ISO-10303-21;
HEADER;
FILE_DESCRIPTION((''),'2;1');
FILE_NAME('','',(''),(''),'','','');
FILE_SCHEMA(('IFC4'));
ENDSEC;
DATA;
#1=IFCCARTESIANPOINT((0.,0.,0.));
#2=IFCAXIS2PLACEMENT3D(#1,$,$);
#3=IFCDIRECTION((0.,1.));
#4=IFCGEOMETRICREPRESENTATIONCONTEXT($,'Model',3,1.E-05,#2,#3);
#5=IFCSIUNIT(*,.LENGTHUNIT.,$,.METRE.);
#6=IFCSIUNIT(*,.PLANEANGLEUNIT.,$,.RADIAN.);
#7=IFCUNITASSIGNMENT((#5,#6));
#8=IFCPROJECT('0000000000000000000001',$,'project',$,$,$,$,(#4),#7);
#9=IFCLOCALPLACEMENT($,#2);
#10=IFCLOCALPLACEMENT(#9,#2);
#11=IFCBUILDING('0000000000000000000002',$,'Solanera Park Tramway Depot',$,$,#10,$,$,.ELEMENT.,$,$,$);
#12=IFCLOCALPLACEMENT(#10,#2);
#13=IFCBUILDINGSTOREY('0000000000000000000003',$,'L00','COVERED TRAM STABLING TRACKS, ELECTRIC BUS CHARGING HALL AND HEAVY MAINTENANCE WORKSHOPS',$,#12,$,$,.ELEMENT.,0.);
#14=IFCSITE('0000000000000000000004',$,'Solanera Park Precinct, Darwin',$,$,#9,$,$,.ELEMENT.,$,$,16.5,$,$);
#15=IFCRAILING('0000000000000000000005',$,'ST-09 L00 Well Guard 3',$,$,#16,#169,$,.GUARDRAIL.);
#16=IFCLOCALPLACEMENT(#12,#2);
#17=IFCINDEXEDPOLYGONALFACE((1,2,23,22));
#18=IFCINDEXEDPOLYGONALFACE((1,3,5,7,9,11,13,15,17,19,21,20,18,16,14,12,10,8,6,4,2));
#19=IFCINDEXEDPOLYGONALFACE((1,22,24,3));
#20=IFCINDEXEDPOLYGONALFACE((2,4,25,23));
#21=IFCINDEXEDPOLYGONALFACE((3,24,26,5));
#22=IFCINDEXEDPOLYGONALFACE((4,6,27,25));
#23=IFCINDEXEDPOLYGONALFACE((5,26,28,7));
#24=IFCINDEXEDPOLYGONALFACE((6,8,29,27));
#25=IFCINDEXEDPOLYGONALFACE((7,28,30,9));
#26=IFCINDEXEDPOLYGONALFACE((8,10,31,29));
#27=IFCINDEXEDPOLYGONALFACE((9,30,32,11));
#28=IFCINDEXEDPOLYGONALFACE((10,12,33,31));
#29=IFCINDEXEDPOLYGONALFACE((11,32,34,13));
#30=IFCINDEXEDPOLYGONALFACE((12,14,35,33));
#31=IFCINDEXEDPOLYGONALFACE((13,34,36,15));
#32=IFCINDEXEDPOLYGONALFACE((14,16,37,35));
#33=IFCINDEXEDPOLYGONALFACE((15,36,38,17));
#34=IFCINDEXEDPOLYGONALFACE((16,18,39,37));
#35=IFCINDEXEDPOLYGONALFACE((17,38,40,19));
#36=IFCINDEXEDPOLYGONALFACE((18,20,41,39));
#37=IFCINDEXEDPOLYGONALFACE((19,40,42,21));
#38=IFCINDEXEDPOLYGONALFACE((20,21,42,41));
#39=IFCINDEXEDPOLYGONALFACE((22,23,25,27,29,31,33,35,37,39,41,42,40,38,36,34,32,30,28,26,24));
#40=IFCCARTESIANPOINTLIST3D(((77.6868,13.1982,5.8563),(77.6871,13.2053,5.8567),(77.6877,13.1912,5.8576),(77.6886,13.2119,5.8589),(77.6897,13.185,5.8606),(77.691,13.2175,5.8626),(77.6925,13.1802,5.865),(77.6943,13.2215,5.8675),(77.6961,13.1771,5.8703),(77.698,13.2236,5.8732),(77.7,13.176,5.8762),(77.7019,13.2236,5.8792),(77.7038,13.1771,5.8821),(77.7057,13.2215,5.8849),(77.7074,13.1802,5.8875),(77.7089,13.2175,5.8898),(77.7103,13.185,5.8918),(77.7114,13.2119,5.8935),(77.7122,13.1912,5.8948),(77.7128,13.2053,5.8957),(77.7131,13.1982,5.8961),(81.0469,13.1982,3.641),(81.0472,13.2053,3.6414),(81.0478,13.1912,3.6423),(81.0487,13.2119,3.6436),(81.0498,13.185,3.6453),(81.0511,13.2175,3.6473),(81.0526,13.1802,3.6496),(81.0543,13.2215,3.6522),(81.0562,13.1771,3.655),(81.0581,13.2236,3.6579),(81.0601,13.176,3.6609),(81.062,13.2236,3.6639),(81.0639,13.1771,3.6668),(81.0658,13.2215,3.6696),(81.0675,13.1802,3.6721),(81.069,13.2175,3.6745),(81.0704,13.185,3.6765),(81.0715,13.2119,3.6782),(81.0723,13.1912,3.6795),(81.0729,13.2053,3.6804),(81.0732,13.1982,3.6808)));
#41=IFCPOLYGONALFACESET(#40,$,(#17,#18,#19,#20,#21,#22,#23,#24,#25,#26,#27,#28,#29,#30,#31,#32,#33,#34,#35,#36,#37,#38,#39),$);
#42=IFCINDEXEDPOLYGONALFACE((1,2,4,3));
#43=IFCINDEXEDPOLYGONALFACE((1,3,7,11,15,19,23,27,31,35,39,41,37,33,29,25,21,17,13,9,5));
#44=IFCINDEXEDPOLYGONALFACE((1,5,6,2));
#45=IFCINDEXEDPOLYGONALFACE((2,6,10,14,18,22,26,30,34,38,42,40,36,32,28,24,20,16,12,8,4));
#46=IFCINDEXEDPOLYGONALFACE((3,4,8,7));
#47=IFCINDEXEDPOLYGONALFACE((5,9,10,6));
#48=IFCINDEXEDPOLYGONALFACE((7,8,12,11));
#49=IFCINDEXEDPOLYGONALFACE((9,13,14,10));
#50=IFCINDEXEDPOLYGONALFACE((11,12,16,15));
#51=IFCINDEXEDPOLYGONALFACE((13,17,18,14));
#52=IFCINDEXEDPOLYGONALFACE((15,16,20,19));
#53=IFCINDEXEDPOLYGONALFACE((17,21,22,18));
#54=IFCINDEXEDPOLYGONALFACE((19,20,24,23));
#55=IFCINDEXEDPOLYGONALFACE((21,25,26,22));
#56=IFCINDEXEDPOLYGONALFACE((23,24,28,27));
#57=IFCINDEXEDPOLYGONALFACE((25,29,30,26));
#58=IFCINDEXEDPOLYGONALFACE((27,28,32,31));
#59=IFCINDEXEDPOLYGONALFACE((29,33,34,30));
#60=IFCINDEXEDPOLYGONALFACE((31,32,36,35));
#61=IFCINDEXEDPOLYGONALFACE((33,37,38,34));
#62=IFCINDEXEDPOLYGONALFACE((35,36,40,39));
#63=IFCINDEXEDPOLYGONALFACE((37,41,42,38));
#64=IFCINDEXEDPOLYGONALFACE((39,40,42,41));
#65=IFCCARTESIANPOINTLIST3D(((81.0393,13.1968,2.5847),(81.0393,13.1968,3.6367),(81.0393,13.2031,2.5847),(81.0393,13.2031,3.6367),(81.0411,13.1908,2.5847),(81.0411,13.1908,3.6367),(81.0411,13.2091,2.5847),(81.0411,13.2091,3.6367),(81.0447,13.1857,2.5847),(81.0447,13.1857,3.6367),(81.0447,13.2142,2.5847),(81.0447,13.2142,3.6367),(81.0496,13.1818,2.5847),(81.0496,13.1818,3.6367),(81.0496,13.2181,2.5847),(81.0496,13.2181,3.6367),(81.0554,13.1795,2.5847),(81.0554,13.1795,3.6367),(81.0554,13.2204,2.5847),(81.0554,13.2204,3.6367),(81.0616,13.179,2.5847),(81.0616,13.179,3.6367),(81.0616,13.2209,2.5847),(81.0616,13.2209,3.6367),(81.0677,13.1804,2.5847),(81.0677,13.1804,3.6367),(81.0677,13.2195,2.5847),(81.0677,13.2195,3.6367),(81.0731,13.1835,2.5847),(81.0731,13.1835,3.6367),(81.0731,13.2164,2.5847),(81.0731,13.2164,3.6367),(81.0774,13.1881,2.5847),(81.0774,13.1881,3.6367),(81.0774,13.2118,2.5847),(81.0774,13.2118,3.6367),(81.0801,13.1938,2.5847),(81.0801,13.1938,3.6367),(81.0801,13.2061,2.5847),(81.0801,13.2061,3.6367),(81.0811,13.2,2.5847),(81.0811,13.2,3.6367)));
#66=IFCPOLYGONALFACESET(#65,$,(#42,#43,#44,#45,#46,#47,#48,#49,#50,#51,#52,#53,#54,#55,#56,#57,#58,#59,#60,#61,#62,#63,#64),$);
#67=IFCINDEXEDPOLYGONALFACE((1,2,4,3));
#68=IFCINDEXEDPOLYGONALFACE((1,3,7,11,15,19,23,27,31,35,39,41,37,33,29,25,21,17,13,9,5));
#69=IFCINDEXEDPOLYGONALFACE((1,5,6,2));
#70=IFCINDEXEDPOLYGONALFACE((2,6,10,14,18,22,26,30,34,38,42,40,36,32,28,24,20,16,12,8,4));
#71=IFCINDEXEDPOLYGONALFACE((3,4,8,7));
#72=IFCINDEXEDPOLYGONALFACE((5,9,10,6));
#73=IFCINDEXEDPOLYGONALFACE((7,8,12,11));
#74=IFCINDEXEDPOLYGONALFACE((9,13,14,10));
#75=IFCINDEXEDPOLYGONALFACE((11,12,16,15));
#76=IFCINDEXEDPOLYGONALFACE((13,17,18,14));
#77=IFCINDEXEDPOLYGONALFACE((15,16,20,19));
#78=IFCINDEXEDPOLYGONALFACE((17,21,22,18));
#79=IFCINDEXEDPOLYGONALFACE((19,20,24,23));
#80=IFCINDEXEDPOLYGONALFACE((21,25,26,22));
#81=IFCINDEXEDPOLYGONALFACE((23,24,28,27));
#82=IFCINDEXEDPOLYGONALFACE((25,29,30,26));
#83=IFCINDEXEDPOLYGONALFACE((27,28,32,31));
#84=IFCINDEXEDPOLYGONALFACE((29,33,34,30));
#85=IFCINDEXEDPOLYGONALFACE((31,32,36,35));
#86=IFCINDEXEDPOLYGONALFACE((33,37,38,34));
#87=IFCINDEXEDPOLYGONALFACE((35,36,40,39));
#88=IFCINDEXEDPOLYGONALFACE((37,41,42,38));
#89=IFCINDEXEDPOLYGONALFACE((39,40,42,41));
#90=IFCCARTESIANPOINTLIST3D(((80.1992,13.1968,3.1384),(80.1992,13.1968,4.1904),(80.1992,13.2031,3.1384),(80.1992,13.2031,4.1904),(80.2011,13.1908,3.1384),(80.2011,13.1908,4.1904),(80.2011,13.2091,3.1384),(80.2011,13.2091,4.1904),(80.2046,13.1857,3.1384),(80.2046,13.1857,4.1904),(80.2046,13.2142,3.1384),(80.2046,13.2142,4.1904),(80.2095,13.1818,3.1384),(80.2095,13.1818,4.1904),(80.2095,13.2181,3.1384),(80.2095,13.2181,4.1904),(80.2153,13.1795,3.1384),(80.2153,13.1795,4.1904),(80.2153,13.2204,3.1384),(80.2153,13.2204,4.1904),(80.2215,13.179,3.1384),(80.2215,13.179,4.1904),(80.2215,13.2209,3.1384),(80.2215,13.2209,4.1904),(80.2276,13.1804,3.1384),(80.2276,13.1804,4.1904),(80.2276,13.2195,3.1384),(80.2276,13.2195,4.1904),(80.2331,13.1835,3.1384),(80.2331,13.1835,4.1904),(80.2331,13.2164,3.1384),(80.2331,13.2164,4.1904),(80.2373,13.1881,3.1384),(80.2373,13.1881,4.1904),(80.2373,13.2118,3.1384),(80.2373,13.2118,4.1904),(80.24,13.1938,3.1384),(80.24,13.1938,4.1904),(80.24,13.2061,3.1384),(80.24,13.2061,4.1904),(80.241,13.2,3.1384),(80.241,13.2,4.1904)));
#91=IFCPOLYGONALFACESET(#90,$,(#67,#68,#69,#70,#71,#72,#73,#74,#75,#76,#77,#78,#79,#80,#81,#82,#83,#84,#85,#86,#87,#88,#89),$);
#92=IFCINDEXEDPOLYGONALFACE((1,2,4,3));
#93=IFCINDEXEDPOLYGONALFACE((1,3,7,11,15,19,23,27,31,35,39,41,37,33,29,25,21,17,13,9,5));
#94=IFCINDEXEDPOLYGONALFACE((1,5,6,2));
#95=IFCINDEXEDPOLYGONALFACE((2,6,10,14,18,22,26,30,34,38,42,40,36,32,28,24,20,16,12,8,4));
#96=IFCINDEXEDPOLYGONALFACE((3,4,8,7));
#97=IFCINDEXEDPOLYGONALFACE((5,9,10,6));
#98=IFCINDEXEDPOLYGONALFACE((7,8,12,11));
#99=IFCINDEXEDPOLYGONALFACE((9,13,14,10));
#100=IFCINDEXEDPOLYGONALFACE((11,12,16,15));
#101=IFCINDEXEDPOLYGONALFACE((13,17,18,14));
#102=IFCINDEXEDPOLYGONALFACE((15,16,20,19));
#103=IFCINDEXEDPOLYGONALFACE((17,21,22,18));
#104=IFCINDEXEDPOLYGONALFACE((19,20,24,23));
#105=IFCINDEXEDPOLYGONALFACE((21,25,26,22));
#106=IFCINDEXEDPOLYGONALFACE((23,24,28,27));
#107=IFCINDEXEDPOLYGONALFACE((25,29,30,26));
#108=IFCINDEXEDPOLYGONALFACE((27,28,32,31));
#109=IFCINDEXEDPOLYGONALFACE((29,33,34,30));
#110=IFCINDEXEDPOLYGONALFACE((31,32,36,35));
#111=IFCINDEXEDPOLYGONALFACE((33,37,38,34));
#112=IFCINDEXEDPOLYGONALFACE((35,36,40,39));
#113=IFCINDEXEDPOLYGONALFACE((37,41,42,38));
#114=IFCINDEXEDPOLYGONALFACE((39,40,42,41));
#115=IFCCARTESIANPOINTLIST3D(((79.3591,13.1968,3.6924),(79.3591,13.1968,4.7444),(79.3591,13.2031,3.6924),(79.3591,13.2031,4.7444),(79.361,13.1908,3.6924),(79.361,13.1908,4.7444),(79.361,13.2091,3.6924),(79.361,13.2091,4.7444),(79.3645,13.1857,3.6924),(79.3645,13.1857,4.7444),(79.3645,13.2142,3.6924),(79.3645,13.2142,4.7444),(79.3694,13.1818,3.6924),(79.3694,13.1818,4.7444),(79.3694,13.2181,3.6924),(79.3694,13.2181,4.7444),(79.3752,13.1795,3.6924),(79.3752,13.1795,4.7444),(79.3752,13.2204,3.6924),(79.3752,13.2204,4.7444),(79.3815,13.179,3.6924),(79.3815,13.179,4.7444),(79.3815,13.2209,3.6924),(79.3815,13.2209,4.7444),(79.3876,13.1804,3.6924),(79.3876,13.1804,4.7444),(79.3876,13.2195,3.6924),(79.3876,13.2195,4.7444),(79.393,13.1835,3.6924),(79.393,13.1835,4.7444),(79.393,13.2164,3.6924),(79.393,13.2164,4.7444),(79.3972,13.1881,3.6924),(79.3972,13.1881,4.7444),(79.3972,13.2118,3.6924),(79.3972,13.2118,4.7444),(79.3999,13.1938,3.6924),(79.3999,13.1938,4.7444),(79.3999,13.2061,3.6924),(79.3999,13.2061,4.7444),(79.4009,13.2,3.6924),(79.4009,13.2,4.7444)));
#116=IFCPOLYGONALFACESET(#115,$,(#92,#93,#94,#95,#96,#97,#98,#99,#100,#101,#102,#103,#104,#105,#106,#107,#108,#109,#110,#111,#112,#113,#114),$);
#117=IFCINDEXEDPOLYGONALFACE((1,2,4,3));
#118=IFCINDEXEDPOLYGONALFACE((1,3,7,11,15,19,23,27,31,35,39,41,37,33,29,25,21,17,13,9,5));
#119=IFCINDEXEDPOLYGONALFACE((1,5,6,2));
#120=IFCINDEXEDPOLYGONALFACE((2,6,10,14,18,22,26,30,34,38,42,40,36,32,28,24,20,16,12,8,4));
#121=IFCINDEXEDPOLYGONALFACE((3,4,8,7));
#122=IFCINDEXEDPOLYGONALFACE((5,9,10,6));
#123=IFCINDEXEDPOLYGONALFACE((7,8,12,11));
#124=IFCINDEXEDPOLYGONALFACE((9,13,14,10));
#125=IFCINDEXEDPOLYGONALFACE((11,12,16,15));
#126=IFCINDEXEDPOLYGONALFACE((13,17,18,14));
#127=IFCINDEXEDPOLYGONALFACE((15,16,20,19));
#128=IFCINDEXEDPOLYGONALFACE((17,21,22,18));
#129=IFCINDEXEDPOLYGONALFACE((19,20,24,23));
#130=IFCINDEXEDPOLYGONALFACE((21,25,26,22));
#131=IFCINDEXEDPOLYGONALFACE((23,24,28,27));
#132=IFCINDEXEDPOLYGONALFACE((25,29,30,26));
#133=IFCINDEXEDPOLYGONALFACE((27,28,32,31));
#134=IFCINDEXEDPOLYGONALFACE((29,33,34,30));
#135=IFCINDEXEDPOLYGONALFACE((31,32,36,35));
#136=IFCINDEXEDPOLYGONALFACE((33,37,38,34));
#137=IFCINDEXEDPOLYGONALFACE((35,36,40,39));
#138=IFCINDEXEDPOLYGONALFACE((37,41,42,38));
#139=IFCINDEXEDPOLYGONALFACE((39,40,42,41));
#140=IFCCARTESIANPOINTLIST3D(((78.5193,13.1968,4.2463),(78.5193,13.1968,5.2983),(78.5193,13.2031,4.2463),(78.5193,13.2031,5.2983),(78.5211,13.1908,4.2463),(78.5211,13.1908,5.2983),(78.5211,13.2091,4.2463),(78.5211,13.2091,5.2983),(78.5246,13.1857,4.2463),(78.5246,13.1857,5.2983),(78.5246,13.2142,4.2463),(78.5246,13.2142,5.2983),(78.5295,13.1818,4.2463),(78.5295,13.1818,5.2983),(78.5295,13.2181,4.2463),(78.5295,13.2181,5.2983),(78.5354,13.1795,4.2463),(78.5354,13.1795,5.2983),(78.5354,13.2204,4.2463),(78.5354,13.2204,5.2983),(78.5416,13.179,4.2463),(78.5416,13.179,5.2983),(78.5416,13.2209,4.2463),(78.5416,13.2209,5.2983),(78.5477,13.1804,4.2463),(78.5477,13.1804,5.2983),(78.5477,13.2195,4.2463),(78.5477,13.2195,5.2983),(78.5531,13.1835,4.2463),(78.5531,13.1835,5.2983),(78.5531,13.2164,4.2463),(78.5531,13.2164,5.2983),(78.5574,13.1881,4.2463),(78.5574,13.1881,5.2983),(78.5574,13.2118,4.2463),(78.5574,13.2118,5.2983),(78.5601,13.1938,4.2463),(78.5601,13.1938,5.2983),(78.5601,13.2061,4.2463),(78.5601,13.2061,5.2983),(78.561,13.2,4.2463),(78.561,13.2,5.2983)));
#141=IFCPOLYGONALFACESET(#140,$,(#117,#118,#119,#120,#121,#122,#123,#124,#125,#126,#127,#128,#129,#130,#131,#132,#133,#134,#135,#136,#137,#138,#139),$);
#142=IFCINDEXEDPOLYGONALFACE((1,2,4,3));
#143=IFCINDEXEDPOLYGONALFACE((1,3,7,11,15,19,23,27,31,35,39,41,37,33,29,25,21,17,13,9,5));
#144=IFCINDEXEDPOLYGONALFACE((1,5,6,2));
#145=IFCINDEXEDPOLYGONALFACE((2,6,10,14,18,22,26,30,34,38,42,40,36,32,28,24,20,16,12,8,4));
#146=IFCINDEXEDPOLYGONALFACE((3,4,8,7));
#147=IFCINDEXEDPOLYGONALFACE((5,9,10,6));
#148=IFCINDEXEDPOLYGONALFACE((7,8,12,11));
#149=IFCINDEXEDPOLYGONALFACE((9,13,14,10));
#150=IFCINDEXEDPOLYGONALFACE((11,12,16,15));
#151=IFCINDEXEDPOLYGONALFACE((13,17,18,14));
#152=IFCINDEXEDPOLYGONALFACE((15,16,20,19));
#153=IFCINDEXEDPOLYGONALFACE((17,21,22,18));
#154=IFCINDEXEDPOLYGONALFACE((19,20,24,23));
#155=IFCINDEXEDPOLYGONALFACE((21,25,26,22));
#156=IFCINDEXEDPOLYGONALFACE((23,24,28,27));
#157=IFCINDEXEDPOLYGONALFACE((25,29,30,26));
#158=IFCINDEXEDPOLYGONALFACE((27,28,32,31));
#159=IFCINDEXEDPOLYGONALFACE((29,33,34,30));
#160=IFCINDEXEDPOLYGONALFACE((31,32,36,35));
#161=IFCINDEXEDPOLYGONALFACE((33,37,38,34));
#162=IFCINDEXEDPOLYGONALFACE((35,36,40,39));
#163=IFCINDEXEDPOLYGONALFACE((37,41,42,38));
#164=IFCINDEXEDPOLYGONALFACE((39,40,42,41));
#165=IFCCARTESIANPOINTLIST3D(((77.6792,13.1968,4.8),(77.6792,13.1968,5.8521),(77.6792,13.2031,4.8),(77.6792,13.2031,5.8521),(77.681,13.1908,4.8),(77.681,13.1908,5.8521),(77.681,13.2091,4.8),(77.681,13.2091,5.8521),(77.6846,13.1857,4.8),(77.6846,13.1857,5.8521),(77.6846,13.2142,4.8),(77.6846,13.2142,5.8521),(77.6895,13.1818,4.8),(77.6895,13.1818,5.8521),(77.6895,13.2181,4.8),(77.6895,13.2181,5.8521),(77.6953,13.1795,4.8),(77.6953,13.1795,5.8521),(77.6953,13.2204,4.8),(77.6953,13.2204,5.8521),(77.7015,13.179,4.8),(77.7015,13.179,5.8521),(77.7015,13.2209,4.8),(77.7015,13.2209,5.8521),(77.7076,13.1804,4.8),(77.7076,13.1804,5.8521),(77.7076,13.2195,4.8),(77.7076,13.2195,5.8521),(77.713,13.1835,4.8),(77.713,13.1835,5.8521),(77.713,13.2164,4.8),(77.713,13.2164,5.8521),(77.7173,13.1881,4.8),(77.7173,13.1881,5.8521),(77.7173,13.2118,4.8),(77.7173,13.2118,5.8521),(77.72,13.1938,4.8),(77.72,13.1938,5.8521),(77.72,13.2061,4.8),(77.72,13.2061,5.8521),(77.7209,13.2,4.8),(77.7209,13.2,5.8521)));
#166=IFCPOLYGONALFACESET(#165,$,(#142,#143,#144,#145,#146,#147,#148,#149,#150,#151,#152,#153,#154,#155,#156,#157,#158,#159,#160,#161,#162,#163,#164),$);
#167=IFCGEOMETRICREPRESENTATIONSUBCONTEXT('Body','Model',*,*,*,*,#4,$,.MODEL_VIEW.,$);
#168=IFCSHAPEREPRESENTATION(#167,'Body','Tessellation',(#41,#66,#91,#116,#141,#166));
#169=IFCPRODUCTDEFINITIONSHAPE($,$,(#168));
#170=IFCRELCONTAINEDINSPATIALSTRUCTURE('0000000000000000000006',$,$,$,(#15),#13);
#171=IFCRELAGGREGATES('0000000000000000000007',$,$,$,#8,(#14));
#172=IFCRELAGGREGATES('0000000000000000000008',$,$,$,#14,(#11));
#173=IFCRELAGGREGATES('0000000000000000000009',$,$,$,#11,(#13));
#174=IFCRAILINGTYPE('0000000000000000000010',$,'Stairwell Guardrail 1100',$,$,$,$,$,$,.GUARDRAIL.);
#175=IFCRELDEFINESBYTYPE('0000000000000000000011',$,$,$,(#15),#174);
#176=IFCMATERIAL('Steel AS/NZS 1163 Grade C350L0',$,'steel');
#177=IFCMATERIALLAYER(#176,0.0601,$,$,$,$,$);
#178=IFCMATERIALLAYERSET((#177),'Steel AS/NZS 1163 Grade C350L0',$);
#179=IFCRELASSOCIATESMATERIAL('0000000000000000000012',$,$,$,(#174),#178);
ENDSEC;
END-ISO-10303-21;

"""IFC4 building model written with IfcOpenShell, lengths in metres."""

from ifc_helpers import new_model, si_unit, direction, frame, origin, origin_2d, place, context, subcontext, project, spatial, circle, extrude, material, layer, layer_set, type_object, element, save


model = new_model("IFC4")

# Units and contexts
model_context = context("Model", 3, precision=1e-05, world=origin(), true_north=direction((0.0, 1.0)))
body_context = subcontext(model_context, "Body", "Model", "MODEL_VIEW")
ifc_project = project(units=[si_unit("LENGTHUNIT", "METRE"), si_unit("PLANEANGLEUNIT", "RADIAN")], contexts=[model_context])

# Site, building, storey
site_placement = place(None, origin())
site = spatial("IfcSite", under=ifc_project, at=site_placement, Name="Solanera Park Precinct, Darwin", CompositionType="ELEMENT", RefElevation=16.5)
building_placement = place(site_placement, origin())
building = spatial("IfcBuilding", under=site, at=building_placement, Name="Solanera Park Tramway Depot", CompositionType="ELEMENT")
storey_placement = place(building_placement, origin())
storey = spatial("IfcBuildingStorey", under=building, at=storey_placement, Name="L00", Description="COVERED TRAM STABLING TRACKS, ELECTRIC BUS CHARGING HALL AND HEAVY MAINTENANCE WORKSHOPS", CompositionType="ELEMENT", Elevation=0.0)

# Railing
ifc_material_1 = material(Name="Steel AS/NZS 1163 Grade C350L0", Category="steel")
ifc_layer_1 = layer(ifc_material_1, 0.0601)
ifc_layer_set_1 = layer_set([ifc_layer_1], Name="Steel AS/NZS 1163 Grade C350L0")
railing_type_1 = type_object("IfcRailingType", Name="Stairwell Guardrail 1100", PredefinedType="GUARDRAIL", material=ifc_layer_set_1)
railing_1_placement = place(storey_placement, frame((81.0601, 13.2, 2.5847)))
element("IfcRailing", 1, at=railing_1_placement, inside=storey, type_object=railing_type_1, Name="ST-09 L00 Well Guard 3", PredefinedType="GUARDRAIL", context=body_context, shape_type="SweptSolid", body=[
    extrude(circle(Radius=0.0239, at=origin_2d()), frame((0.0, 0.0, 1.0762), z_axis=(-0.834876, 0.0, 0.550437), x_axis=(0.0, -1.0, 0.0)), (0.0, 0.0, 1.0), 4.0247),
    extrude(circle(Radius=0.021, at=origin_2d()), origin(), (0.0, 0.0, 1.0), 1.052),
    extrude(circle(Radius=0.021, at=origin_2d()), frame((-0.8401, 0.0, 0.5537)), (0.0, 0.0, 1.0), 1.052),
    extrude(circle(Radius=0.021, at=origin_2d()), frame((-1.6802, 0.0, 1.1077)), (0.0, 0.0, 1.0), 1.052),
    extrude(circle(Radius=0.021, at=origin_2d()), frame((-2.52, 0.0, 1.6616)), (0.0, 0.0, 1.0), 1.052),
    extrude(circle(Radius=0.021, at=origin_2d()), frame((-3.3601, 0.0, 2.2153)), (0.0, 0.0, 1.0), 1.052),
])

save(model, "model.ifc")
